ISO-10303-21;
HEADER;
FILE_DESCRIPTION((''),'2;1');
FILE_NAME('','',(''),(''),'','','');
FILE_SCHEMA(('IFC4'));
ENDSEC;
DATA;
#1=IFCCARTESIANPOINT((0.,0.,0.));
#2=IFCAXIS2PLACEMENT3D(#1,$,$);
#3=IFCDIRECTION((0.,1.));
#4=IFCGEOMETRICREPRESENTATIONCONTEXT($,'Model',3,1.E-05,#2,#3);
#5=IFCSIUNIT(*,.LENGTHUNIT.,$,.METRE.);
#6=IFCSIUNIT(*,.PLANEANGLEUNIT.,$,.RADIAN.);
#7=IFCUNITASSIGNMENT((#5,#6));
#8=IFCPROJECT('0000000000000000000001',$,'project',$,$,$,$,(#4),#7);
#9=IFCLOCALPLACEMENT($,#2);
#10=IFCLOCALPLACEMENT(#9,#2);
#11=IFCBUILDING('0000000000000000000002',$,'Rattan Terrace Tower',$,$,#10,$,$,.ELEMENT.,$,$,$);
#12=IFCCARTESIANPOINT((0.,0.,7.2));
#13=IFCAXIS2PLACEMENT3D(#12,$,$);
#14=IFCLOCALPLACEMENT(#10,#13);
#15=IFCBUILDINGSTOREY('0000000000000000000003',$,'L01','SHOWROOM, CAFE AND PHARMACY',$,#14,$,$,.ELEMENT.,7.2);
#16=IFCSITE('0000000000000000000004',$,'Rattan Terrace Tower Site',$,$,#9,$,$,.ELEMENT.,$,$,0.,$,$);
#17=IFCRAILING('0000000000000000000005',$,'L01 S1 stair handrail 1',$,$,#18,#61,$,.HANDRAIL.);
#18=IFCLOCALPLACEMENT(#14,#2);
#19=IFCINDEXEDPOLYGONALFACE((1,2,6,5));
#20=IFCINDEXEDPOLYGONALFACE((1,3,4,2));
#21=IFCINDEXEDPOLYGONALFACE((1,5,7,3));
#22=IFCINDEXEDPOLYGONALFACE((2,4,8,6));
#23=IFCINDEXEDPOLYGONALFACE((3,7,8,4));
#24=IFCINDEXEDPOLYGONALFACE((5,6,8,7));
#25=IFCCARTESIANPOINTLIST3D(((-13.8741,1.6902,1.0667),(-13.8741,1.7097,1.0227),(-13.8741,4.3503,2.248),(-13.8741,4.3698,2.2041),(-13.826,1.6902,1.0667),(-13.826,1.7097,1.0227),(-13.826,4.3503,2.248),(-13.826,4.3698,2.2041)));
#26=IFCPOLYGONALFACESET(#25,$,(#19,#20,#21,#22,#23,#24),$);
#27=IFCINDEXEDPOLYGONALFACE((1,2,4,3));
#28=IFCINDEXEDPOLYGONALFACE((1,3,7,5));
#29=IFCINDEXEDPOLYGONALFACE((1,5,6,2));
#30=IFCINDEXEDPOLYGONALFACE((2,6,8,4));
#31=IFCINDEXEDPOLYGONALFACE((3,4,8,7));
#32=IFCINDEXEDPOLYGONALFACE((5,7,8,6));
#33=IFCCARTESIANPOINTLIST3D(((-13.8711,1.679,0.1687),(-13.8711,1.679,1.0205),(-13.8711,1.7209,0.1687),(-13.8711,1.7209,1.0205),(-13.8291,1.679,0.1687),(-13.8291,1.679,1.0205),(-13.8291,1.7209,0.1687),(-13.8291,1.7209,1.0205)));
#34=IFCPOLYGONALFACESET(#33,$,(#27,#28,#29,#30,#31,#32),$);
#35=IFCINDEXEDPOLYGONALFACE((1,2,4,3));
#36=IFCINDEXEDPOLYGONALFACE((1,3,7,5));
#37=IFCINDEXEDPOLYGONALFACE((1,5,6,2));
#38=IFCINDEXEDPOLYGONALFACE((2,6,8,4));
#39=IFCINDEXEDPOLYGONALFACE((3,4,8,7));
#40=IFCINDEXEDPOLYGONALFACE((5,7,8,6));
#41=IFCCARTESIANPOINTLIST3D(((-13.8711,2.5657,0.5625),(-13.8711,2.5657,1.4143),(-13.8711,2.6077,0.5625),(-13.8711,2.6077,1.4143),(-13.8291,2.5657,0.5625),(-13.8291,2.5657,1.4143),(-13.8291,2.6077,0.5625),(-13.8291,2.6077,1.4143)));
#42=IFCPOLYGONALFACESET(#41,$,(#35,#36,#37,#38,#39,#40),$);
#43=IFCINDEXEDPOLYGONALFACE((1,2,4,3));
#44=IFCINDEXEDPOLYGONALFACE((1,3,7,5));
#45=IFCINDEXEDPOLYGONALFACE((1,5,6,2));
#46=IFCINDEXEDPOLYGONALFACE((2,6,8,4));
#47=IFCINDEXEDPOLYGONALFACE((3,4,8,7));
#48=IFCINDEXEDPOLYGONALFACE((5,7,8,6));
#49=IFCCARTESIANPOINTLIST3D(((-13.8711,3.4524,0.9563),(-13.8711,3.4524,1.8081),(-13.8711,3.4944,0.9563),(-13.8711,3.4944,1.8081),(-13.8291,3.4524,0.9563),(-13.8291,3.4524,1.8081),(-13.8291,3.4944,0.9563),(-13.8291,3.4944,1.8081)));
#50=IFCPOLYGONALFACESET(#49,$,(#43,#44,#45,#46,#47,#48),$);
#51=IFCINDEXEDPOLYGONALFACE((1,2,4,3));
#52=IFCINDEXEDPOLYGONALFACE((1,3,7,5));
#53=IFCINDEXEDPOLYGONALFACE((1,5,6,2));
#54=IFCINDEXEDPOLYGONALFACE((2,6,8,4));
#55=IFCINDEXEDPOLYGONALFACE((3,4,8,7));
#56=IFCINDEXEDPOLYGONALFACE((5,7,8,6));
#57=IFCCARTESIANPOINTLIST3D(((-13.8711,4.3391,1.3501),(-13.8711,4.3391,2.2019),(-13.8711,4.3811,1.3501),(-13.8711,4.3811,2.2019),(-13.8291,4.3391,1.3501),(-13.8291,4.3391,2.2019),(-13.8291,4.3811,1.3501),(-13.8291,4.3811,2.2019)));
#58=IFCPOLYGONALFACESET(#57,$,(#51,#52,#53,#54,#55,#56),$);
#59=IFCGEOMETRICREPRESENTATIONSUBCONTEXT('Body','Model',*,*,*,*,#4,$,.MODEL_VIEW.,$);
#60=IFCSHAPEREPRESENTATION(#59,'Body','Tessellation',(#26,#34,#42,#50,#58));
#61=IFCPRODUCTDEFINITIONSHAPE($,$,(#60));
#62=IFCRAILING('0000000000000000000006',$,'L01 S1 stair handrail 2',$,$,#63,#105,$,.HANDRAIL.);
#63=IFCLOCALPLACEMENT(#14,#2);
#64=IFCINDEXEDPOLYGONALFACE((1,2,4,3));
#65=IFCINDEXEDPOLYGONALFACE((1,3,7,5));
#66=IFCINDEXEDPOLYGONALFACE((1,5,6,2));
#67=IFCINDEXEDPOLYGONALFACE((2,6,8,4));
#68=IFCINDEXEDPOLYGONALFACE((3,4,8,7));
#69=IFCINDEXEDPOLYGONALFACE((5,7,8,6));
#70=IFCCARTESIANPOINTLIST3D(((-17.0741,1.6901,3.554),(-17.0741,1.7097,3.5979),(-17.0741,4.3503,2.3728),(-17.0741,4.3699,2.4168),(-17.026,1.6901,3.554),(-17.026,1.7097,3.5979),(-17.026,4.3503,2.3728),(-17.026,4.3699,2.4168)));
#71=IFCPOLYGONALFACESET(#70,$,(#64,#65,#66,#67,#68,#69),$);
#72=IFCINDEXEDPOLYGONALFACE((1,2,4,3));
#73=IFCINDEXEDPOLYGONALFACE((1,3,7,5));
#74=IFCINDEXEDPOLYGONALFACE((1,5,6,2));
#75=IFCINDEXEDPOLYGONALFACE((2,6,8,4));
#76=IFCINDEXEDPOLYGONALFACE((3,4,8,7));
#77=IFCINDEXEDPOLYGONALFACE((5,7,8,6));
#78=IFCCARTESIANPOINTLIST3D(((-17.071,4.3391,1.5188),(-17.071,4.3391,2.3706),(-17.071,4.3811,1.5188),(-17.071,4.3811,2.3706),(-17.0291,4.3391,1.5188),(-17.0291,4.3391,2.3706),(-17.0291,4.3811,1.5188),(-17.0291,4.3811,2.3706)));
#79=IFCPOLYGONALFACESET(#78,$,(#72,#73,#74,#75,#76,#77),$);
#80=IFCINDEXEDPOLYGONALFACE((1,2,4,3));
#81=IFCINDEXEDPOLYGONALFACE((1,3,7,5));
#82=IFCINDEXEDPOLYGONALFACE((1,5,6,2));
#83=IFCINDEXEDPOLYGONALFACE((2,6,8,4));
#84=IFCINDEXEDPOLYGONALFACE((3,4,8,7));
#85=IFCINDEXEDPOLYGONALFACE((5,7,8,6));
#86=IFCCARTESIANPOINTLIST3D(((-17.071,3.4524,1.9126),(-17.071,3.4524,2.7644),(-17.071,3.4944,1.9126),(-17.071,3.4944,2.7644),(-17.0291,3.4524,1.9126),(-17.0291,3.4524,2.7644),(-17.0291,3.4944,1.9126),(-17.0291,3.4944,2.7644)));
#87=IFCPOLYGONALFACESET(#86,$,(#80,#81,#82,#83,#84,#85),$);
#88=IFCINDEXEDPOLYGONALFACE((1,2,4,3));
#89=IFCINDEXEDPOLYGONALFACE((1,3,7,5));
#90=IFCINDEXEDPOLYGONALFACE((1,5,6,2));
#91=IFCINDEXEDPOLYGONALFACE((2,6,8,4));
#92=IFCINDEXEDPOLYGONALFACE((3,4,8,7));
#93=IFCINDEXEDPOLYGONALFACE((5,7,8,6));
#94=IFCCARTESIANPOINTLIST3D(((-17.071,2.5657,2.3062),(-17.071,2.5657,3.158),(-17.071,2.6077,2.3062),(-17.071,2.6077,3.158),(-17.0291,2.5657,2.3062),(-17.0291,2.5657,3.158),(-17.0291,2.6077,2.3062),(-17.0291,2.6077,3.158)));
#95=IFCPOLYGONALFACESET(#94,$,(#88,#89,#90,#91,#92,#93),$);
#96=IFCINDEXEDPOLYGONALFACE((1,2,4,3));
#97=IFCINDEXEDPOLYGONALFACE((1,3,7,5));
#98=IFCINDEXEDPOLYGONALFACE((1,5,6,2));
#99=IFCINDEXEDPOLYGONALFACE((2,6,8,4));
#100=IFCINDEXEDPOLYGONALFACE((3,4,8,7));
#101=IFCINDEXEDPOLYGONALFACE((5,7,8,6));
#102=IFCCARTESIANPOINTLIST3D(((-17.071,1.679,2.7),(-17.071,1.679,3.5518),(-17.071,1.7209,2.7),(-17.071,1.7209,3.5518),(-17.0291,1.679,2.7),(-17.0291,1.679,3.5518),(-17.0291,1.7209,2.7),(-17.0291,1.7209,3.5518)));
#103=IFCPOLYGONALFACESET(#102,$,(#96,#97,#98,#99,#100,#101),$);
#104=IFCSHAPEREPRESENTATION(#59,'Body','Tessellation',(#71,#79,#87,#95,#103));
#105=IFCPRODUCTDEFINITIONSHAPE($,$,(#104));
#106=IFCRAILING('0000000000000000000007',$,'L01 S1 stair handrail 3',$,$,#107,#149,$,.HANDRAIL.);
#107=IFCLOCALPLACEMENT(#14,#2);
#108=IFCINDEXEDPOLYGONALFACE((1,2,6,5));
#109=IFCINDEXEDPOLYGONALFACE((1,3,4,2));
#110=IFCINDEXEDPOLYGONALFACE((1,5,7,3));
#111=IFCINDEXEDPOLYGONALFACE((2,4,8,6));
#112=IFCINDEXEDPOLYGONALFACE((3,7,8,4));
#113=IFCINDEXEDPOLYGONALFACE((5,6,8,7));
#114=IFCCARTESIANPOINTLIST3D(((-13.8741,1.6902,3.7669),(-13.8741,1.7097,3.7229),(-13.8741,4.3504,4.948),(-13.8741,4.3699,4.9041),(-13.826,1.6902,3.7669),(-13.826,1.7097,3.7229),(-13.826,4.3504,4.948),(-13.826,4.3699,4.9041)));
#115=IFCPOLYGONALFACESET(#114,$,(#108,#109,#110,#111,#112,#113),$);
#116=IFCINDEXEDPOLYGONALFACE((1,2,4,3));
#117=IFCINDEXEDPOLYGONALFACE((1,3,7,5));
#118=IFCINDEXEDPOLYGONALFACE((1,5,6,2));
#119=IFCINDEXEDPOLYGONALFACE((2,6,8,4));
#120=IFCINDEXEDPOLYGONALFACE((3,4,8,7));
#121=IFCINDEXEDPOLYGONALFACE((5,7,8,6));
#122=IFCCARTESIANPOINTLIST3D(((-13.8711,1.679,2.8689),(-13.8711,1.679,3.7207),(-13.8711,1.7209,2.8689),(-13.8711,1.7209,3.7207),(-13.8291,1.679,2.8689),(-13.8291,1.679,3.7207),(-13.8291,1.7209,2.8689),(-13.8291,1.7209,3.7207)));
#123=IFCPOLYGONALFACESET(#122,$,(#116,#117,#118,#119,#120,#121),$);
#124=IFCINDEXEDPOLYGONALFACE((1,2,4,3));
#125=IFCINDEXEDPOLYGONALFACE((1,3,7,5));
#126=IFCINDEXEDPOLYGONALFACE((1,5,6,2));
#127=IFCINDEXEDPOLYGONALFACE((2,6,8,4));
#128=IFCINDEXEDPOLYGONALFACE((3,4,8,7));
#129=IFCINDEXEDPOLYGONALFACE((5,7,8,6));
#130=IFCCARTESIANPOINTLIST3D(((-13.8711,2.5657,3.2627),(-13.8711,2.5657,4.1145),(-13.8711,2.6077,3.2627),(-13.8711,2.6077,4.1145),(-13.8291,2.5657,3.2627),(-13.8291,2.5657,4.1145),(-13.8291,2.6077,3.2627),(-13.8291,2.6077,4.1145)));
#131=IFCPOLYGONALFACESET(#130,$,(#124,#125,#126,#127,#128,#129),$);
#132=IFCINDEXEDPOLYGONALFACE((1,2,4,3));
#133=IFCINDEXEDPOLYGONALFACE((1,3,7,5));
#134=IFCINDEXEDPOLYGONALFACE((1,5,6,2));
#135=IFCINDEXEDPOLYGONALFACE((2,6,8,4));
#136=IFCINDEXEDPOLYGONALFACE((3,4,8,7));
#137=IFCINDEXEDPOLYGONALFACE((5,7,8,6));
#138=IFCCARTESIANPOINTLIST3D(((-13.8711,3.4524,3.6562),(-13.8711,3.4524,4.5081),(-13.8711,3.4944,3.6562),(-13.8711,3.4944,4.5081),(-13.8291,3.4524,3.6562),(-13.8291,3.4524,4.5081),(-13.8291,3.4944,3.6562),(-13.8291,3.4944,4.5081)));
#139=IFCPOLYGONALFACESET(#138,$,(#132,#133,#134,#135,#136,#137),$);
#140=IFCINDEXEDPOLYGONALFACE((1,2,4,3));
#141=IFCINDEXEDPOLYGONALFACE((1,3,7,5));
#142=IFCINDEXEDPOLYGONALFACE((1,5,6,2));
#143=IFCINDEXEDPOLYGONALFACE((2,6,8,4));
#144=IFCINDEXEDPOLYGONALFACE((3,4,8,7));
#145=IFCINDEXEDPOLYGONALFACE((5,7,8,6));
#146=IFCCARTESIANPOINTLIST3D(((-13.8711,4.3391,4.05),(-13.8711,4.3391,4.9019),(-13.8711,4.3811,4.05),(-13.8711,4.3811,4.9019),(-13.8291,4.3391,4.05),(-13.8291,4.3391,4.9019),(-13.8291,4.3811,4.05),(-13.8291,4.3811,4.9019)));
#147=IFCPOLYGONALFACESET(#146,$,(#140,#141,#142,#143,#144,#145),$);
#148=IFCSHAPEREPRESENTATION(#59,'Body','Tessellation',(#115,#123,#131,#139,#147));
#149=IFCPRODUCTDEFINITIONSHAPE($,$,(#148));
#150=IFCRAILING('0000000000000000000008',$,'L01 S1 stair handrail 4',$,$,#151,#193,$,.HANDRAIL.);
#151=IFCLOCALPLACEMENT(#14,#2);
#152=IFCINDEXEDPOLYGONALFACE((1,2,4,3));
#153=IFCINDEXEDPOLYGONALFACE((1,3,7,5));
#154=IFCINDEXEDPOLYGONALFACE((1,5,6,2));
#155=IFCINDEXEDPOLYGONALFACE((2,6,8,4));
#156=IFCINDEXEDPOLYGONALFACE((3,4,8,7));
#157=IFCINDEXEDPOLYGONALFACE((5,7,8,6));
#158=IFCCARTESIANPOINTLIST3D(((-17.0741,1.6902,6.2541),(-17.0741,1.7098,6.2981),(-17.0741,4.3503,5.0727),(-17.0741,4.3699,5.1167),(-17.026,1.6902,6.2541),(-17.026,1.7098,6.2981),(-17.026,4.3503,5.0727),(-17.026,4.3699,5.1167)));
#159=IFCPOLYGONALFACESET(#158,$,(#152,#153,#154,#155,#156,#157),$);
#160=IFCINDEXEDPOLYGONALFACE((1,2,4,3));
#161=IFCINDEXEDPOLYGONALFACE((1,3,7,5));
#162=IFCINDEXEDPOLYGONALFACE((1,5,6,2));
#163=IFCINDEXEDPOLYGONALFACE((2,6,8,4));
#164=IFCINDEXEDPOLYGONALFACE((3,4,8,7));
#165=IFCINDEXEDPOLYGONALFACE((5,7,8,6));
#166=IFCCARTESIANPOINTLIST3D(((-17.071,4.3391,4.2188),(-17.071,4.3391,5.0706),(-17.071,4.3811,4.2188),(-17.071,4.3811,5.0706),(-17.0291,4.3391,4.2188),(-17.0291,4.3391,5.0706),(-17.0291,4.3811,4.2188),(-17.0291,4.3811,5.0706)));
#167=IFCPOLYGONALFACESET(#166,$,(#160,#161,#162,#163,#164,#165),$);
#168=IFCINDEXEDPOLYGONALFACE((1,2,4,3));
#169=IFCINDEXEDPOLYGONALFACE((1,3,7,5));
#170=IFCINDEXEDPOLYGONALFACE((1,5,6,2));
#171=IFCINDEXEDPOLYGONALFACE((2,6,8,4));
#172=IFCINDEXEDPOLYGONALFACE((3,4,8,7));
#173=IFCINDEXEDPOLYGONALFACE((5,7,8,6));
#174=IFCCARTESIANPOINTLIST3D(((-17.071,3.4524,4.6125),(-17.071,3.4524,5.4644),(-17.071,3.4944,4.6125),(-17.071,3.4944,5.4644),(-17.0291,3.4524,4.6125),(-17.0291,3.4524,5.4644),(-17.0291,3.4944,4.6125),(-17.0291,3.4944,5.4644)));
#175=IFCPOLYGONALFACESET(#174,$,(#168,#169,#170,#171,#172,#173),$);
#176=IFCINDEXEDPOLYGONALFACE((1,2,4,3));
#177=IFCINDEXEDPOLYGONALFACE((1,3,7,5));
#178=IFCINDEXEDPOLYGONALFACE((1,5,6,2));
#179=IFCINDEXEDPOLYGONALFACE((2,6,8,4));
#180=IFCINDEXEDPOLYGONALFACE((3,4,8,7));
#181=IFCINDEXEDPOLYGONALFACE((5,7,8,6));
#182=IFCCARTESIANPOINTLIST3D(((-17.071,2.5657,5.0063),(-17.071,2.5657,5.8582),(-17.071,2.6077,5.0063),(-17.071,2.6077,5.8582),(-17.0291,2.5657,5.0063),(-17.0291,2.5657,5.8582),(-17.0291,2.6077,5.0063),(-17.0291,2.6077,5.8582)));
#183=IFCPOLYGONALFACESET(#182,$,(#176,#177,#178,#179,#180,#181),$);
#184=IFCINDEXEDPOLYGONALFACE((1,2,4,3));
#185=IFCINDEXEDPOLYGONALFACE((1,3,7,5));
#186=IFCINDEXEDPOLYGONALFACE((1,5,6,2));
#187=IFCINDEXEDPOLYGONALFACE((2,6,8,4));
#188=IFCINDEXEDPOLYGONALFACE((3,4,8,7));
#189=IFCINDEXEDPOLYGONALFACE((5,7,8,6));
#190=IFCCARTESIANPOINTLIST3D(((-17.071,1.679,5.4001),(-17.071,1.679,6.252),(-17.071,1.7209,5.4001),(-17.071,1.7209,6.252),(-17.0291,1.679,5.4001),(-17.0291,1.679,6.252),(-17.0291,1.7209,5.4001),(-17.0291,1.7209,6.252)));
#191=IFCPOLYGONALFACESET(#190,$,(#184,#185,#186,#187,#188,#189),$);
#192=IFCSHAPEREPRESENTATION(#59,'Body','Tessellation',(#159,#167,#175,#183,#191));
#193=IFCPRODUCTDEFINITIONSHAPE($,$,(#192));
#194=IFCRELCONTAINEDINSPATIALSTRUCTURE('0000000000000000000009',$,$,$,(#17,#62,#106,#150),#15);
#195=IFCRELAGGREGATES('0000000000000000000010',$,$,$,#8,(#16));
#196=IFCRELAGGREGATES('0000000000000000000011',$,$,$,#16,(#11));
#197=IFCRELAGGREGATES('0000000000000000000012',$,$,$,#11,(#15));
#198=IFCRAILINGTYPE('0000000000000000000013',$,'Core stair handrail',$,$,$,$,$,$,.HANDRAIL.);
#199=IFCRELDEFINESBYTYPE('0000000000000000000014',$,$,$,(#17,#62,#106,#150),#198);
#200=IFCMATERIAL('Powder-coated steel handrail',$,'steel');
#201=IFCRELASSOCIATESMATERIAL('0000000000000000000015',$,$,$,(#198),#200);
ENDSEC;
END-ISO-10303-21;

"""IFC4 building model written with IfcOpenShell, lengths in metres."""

from ifc_helpers import new_model, si_unit, direction, frame, origin, origin_2d, place, context, subcontext, project, spatial, rectangle, extrude, material, type_object, element, save


model = new_model("IFC4")

# Units and contexts
model_context = context("Model", 3, precision=1e-05, world=origin(), true_north=direction((0.0, 1.0)))
body_context = subcontext(model_context, "Body", "Model", "MODEL_VIEW")
ifc_project = project(units=[si_unit("LENGTHUNIT", "METRE"), si_unit("PLANEANGLEUNIT", "RADIAN")], contexts=[model_context])

# Site, building, storey
site_placement = place(None, origin())
site = spatial("IfcSite", under=ifc_project, at=site_placement, Name="Rattan Terrace Tower Site", CompositionType="ELEMENT", RefElevation=0.0)
building_placement = place(site_placement, origin())
building = spatial("IfcBuilding", under=site, at=building_placement, Name="Rattan Terrace Tower", CompositionType="ELEMENT")
storey_placement = place(building_placement, frame((0.0, 0.0, 7.2)))
storey = spatial("IfcBuildingStorey", under=building, at=storey_placement, Name="L01", Description="SHOWROOM, CAFE AND PHARMACY", CompositionType="ELEMENT", Elevation=7.2)

# Railings
ifc_material_1 = material(Name="Powder-coated steel handrail", Category="steel")
railing_type_1 = type_object("IfcRailingType", Name="Core stair handrail", PredefinedType="HANDRAIL", material=ifc_material_1)
railing_1_placement = place(storey_placement, frame((-13.8501, 1.7, 0.1687)))
element("IfcRailing", 1, at=railing_1_placement, inside=storey, type_object=railing_type_1, Name="L01 S1 stair handrail 1", PredefinedType="HANDRAIL", context=body_context, shape_type="SweptSolid", body=[
    extrude(rectangle(XDim=0.0481, YDim=0.0481, at=origin_2d()), frame((0.0, 0.0, 0.876), z_axis=(0.0, 0.913926, 0.405882), x_axis=(-1.0, 0.0, 0.0)), (0.0, 0.0, 1.0), 2.9106),
    extrude(rectangle(XDim=0.042, YDim=0.042, at=origin_2d()), origin(), (0.0, 0.0, 1.0), 0.8518),
    extrude(rectangle(XDim=0.042, YDim=0.042, at=origin_2d()), frame((0.0, 0.8867, 0.3938)), (0.0, 0.0, 1.0), 0.8518),
    extrude(rectangle(XDim=0.042, YDim=0.042, at=origin_2d()), frame((0.0, 1.7734, 0.7876)), (0.0, 0.0, 1.0), 0.8518),
    extrude(rectangle(XDim=0.042, YDim=0.042, at=origin_2d()), frame((0.0, 2.6602, 1.1814)), (0.0, 0.0, 1.0), 0.8518),
])
railing_2_placement = place(storey_placement, frame((-17.05, 4.3601, 1.5188)))
element("IfcRailing", 2, at=railing_2_placement, inside=storey, type_object=railing_type_1, Name="L01 S1 stair handrail 2", PredefinedType="HANDRAIL", context=body_context, shape_type="SweptSolid", body=[
    extrude(rectangle(XDim=0.0481, YDim=0.0481, at=origin_2d()), frame((0.0, 0.0, 0.876), z_axis=(0.0, -0.913957, 0.405812), x_axis=(1.0, 0.0, 0.0)), (0.0, 0.0, 1.0), 2.9106),
    extrude(rectangle(XDim=0.042, YDim=0.042, at=origin_2d()), origin(), (0.0, 0.0, 1.0), 0.8518),
    extrude(rectangle(XDim=0.042, YDim=0.042, at=origin_2d()), frame((0.0, -0.8867, 0.3938)), (0.0, 0.0, 1.0), 0.8518),
    extrude(rectangle(XDim=0.042, YDim=0.042, at=origin_2d()), frame((0.0, -1.7734, 0.7874)), (0.0, 0.0, 1.0), 0.8518),
    extrude(rectangle(XDim=0.042, YDim=0.042, at=origin_2d()), frame((0.0, -2.6602, 1.1812)), (0.0, 0.0, 1.0), 0.8518),
])
railing_3_placement = place(storey_placement, frame((-13.8501, 1.7, 2.8689)))
element("IfcRailing", 3, at=railing_3_placement, inside=storey, type_object=railing_type_1, Name="L01 S1 stair handrail 3", PredefinedType="HANDRAIL", context=body_context, shape_type="SweptSolid", body=[
    extrude(rectangle(XDim=0.0481, YDim=0.0481, at=origin_2d()), frame((0.0, 0.0, 0.876), z_axis=(0.0, 0.913957, 0.405812), x_axis=(-1.0, 0.0, 0.0)), (0.0, 0.0, 1.0), 2.9106),
    extrude(rectangle(XDim=0.042, YDim=0.042, at=origin_2d()), origin(), (0.0, 0.0, 1.0), 0.8518),
    extrude(rectangle(XDim=0.042, YDim=0.042, at=origin_2d()), frame((0.0, 0.8867, 0.3938)), (0.0, 0.0, 1.0), 0.8518),
    extrude(rectangle(XDim=0.042, YDim=0.042, at=origin_2d()), frame((0.0, 1.7734, 0.7874)), (0.0, 0.0, 1.0), 0.8518),
    extrude(rectangle(XDim=0.042, YDim=0.042, at=origin_2d()), frame((0.0, 2.6602, 1.1812)), (0.0, 0.0, 1.0), 0.8518),
])
railing_4_placement = place(storey_placement, frame((-17.05, 4.3601, 4.2188)))
element("IfcRailing", 4, at=railing_4_placement, inside=storey, type_object=railing_type_1, Name="L01 S1 stair handrail 4", PredefinedType="HANDRAIL", context=body_context, shape_type="SweptSolid", body=[
    extrude(rectangle(XDim=0.0481, YDim=0.0481, at=origin_2d()), frame((0.0, 0.0, 0.876), z_axis=(0.0, -0.913926, 0.405882), x_axis=(1.0, 0.0, 0.0)), (0.0, 0.0, 1.0), 2.9106),
    extrude(rectangle(XDim=0.042, YDim=0.042, at=origin_2d()), origin(), (0.0, 0.0, 1.0), 0.8518),
    extrude(rectangle(XDim=0.042, YDim=0.042, at=origin_2d()), frame((0.0, -0.8867, 0.3938)), (0.0, 0.0, 1.0), 0.8518),
    extrude(rectangle(XDim=0.042, YDim=0.042, at=origin_2d()), frame((0.0, -1.7734, 0.7876)), (0.0, 0.0, 1.0), 0.8518),
    extrude(rectangle(XDim=0.042, YDim=0.042, at=origin_2d()), frame((0.0, -2.6602, 1.1814)), (0.0, 0.0, 1.0), 0.8518),
])

save(model, "model.ifc")
